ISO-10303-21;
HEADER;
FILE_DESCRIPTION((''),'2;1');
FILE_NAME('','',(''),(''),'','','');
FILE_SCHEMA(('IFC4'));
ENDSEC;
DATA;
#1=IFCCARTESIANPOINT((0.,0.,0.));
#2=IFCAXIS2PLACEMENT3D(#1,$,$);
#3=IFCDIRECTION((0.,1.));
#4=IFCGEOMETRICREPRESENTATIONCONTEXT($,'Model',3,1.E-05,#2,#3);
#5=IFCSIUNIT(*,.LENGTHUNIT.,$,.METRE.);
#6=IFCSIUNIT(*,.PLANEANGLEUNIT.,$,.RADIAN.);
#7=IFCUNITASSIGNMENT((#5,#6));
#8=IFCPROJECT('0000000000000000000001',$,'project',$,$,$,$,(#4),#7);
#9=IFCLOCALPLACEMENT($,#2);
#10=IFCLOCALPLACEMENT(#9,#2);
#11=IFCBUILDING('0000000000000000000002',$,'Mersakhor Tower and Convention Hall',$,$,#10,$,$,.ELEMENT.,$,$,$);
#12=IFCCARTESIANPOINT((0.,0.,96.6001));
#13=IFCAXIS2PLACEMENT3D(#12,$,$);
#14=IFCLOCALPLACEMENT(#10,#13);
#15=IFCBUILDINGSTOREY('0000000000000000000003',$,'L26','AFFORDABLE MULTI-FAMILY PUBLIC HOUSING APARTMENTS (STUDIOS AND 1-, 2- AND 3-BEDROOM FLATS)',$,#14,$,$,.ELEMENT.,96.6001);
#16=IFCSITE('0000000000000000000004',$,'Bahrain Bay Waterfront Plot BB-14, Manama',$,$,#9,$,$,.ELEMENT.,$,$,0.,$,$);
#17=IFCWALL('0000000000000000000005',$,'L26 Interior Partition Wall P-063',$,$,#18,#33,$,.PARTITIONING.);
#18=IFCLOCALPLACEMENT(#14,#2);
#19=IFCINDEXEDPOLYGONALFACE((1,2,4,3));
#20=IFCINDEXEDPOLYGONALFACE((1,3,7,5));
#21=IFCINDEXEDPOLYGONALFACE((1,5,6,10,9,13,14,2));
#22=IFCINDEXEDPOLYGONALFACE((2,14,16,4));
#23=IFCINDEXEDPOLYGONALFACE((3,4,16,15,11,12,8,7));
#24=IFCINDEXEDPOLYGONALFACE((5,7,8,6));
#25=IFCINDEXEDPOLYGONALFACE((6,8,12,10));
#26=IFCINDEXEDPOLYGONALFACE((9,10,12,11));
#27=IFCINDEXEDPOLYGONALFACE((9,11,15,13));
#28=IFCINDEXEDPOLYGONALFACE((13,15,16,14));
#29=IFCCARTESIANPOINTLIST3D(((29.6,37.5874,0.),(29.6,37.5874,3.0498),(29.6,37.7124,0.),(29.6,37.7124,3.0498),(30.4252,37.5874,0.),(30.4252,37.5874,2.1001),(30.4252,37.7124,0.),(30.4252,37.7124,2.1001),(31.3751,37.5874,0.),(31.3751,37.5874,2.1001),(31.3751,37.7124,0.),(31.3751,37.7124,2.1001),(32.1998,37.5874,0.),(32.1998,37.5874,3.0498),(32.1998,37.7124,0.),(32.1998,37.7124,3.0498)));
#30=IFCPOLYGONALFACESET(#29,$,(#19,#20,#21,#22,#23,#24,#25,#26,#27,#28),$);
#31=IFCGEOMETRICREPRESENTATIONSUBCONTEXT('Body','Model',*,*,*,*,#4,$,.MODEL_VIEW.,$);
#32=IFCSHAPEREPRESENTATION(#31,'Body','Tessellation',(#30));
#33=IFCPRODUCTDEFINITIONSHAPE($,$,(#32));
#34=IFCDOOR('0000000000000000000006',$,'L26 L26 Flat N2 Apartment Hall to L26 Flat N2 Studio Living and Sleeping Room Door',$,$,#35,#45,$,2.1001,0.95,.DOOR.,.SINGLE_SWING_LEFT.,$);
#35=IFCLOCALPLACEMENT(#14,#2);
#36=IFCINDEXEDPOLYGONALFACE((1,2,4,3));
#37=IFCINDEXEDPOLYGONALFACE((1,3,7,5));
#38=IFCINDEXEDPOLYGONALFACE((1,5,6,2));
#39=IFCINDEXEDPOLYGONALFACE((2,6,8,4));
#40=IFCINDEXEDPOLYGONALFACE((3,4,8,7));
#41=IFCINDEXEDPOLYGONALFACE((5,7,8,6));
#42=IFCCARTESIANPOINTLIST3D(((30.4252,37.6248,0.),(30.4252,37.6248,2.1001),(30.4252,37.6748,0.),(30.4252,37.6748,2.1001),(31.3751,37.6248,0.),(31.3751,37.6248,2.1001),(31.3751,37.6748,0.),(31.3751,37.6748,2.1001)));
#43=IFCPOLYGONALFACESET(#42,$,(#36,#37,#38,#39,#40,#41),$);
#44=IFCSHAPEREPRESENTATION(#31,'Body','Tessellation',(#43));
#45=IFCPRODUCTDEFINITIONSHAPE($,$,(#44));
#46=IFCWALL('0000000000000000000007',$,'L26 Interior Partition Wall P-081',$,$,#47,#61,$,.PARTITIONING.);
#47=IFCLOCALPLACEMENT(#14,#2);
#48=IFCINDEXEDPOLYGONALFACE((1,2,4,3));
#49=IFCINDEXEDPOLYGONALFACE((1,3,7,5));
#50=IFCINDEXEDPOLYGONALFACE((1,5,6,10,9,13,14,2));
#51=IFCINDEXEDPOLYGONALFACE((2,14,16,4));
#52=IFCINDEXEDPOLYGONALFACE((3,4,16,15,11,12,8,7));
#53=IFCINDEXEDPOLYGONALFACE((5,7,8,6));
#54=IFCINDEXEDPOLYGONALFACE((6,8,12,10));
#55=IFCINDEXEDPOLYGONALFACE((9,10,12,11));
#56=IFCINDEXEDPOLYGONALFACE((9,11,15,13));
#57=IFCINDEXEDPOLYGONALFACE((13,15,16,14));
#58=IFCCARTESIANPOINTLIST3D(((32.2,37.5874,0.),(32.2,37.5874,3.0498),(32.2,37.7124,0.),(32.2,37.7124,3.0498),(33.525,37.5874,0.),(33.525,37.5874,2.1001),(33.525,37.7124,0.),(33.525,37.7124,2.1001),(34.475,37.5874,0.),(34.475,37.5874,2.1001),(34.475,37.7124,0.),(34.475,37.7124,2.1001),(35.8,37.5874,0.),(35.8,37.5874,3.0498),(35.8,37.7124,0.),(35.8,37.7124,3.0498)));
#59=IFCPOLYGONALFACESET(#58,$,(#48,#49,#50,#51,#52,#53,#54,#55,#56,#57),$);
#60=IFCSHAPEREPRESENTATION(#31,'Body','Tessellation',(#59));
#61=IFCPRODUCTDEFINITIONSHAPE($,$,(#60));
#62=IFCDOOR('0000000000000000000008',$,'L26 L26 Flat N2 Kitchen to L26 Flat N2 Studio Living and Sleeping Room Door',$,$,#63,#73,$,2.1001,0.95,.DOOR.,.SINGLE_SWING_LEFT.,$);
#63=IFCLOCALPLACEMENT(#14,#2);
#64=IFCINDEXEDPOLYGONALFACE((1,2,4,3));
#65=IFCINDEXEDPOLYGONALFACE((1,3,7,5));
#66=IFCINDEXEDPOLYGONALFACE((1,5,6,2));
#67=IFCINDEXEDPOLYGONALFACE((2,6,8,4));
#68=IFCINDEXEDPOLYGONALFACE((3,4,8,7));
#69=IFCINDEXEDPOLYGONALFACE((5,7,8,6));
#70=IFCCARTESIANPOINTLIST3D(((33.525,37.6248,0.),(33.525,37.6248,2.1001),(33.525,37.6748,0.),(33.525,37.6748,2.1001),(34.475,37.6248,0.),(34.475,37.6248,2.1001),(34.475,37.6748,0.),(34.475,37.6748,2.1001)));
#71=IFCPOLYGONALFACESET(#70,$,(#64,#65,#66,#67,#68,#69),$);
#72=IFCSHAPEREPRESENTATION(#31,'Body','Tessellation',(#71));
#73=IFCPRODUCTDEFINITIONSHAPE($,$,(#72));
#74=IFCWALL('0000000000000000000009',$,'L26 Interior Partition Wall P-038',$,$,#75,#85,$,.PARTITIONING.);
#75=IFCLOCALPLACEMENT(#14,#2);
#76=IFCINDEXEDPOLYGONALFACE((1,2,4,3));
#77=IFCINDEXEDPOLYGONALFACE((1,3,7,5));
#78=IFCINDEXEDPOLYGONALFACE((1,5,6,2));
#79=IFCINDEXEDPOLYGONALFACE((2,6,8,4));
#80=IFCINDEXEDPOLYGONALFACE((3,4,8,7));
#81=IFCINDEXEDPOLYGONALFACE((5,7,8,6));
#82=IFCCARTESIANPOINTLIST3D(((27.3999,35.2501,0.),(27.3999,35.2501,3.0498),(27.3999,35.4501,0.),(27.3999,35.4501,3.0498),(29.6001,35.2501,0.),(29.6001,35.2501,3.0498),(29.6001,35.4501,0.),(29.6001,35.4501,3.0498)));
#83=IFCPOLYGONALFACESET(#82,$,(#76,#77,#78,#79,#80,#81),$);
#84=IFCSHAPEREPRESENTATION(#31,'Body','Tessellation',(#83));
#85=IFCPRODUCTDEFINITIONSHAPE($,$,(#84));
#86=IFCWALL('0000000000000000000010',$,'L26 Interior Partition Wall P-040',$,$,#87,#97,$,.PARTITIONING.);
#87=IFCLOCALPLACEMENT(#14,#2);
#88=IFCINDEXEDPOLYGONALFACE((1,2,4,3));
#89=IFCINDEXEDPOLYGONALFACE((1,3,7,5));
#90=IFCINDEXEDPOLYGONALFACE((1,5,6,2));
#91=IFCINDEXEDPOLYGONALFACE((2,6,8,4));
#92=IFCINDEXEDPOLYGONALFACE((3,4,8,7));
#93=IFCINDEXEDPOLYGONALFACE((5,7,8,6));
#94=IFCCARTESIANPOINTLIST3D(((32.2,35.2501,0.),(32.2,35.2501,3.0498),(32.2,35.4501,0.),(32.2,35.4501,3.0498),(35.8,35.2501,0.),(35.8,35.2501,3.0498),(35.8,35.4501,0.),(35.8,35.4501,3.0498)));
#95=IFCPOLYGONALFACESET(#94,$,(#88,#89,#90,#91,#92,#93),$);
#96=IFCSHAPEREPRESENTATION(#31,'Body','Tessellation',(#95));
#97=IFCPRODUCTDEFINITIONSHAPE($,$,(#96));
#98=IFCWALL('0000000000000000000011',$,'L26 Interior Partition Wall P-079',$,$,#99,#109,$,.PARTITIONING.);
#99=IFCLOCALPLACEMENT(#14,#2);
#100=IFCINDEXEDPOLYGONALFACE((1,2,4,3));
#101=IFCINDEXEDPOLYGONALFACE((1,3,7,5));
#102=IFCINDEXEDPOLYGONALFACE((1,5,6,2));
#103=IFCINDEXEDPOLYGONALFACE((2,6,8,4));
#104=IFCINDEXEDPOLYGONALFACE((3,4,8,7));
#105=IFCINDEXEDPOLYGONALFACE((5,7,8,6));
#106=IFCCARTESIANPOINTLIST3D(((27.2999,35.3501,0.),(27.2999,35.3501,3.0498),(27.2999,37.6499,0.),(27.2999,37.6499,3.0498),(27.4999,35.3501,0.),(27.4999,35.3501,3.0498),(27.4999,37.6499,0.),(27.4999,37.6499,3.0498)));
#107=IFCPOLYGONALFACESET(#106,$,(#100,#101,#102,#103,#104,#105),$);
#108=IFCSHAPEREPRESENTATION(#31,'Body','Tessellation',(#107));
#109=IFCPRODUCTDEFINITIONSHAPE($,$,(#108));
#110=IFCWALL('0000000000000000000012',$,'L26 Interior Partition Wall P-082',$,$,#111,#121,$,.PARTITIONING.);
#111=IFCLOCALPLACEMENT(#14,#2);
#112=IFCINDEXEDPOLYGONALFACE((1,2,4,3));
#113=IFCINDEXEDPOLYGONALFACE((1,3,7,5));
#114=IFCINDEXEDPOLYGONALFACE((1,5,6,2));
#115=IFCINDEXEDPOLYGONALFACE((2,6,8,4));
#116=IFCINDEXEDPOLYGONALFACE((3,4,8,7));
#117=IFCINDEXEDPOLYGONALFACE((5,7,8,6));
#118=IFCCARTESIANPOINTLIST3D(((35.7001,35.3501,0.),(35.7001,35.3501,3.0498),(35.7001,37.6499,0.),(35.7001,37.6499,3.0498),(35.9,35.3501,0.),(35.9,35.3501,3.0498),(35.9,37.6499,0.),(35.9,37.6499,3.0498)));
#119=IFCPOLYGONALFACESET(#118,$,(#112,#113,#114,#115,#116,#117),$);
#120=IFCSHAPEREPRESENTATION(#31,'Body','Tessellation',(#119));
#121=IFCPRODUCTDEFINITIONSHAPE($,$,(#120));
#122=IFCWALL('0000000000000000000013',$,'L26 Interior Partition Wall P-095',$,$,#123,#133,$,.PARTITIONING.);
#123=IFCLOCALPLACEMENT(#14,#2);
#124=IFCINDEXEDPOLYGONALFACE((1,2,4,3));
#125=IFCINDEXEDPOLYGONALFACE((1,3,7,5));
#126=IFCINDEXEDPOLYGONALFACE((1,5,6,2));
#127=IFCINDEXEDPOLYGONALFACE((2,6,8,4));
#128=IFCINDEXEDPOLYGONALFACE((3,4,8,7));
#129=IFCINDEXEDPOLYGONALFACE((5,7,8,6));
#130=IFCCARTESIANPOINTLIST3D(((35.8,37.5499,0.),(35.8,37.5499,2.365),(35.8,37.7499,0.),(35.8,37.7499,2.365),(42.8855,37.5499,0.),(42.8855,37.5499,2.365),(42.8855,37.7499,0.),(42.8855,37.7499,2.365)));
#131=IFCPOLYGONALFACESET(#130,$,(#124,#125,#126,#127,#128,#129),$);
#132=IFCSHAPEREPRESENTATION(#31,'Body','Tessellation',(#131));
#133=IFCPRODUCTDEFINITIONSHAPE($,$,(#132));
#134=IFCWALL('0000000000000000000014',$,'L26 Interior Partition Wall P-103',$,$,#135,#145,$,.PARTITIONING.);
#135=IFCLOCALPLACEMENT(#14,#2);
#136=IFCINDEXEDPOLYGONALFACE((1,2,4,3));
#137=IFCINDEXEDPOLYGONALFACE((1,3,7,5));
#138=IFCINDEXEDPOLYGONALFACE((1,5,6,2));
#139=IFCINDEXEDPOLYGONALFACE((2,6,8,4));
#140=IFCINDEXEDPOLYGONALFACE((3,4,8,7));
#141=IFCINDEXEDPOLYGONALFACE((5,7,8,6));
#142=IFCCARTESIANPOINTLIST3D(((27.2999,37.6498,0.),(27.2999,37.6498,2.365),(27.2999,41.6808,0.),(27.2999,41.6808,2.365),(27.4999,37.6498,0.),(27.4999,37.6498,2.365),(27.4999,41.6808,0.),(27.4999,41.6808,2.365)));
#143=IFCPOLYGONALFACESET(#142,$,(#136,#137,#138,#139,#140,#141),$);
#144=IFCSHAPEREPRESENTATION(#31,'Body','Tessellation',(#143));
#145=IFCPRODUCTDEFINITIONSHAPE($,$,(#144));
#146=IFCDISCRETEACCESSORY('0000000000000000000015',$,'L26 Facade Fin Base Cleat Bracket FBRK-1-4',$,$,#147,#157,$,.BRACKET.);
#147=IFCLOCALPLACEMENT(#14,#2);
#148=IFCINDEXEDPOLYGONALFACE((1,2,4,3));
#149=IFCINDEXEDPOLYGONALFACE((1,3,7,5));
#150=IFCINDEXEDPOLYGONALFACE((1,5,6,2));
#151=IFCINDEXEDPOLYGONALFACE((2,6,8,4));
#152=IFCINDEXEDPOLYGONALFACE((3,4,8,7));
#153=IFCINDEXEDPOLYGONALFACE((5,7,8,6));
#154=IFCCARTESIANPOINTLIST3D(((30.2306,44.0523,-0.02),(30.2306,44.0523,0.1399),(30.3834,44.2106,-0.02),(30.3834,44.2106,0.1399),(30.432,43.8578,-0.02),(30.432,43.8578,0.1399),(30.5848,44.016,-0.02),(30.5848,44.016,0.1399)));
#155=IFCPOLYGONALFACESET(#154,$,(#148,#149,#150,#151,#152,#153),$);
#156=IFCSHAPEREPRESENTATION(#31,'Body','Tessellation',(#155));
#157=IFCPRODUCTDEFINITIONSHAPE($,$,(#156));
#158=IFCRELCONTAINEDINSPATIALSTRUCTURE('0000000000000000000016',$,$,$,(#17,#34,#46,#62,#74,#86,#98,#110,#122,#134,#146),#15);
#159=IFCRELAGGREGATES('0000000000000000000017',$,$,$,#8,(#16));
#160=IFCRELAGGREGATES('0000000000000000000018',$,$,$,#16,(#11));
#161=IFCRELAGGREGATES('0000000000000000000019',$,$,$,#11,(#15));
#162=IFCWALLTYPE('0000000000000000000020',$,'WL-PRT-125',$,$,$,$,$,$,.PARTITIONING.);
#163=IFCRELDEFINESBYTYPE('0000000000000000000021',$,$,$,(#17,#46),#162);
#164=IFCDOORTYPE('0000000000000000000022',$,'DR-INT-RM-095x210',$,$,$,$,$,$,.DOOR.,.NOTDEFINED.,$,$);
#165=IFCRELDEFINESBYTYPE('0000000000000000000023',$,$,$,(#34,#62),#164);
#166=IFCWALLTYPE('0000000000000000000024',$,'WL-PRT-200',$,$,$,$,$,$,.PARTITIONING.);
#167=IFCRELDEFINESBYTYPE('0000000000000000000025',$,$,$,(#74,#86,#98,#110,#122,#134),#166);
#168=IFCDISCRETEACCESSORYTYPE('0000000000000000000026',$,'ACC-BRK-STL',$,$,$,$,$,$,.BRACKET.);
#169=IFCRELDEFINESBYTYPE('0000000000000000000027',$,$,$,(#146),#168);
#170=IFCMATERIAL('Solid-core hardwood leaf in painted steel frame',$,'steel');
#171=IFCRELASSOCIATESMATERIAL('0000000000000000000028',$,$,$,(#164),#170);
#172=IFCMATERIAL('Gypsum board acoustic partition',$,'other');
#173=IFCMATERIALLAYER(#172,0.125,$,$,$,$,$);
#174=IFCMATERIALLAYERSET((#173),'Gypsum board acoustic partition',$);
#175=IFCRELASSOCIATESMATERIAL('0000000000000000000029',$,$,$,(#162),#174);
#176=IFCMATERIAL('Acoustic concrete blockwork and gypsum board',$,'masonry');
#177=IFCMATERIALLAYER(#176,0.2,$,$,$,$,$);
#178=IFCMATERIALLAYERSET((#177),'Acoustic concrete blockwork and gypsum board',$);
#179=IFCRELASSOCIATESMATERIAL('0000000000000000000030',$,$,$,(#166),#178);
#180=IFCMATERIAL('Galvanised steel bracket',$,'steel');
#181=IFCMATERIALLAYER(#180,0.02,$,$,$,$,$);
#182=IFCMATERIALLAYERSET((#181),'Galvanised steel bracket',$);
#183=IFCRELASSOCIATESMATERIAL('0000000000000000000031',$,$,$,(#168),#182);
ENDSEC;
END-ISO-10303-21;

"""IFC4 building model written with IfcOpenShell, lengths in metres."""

from ifc_helpers import new_model, si_unit, direction, frame, frame_2d, origin, origin_2d, place, context, subcontext, project, spatial, rectangle, extrude, material, layer, layer_set, type_object, element, fill, save


model = new_model("IFC4")

# Units and contexts
model_context = context("Model", 3, precision=1e-05, world=origin(), true_north=direction((0.0, 1.0)))
body_context = subcontext(model_context, "Body", "Model", "MODEL_VIEW")
ifc_project = project(units=[si_unit("LENGTHUNIT", "METRE"), si_unit("PLANEANGLEUNIT", "RADIAN")], contexts=[model_context])

# Site, building, storey
site_placement = place(None, origin())
site = spatial("IfcSite", under=ifc_project, at=site_placement, Name="Bahrain Bay Waterfront Plot BB-14, Manama", CompositionType="ELEMENT", RefElevation=0.0)
building_placement = place(site_placement, origin())
building = spatial("IfcBuilding", under=site, at=building_placement, Name="Mersakhor Tower and Convention Hall", CompositionType="ELEMENT")
storey_placement = place(building_placement, frame((0.0, 0.0, 96.6001)))
storey = spatial("IfcBuildingStorey", under=building, at=storey_placement, Name="L26", Description="AFFORDABLE MULTI-FAMILY PUBLIC HOUSING APARTMENTS (STUDIOS AND 1-, 2- AND 3-BEDROOM FLATS)", CompositionType="ELEMENT", Elevation=96.6001)

# Walls, openings, doors
ifc_material_1 = material(Name="Solid-core hardwood leaf in painted steel frame", Category="steel")
door_type_1 = type_object("IfcDoorType", Name="DR-INT-RM-095x210", OperationType="NOTDEFINED", PredefinedType="DOOR", material=ifc_material_1)
ifc_material_2 = material(Name="Gypsum board acoustic partition", Category="other")
ifc_layer_1 = layer(ifc_material_2, 0.125)
ifc_layer_set_1 = layer_set([ifc_layer_1], Name="Gypsum board acoustic partition")
wall_type_1 = type_object("IfcWallType", Name="WL-PRT-125", PredefinedType="PARTITIONING", material=ifc_layer_set_1)
wall_1_placement = place(storey_placement, frame((29.6001, 37.6499, 0.0), z_axis=(0.0, 0.0, 1.0), x_axis=(1.0, 0.0, 0.0)))
wall_1 = element("IfcWall", 1, at=wall_1_placement, inside=storey, type_object=wall_type_1, Name="L26 Interior Partition Wall P-063", PredefinedType="PARTITIONING", context=body_context, shape_type="SweptSolid", body=[
    extrude(rectangle(XDim=2.5999, YDim=0.125, at=frame_2d((1.2998, 0.0))), origin(), (0.0, 0.0, 1.0), 3.0498),
])
opening_1_placement = place(wall_1_placement, frame((0.825, 0.0, 0.0)))
opening_1 = element("IfcOpeningElement", 2, at=opening_1_placement, cuts=wall_1, PredefinedType="OPENING", context=body_context, shape_type="SweptSolid", body=[
    extrude(rectangle(XDim=0.95, YDim=2.1001, at=frame_2d((0.4751, 1.05))), frame((0.0, 0.0725, 0.0), z_axis=(0.0, -1.0, 0.0), x_axis=(1.0, 0.0, 0.0)), (0.0, 0.0, 1.0), 0.145),
])
door_1_placement = place(opening_1_placement, origin())
door_1 = element("IfcDoor", 3, at=door_1_placement, inside=storey, type_object=door_type_1, Name="L26 L26 Flat N2 Apartment Hall to L26 Flat N2 Studio Living and Sleeping Room Door", OperationType="SINGLE_SWING_LEFT", OverallHeight=2.1001, OverallWidth=0.95, PredefinedType="DOOR", context=body_context, shape_type="SweptSolid", body=[
    extrude(rectangle(XDim=0.95, YDim=2.1001, at=frame_2d((0.4751, 1.05))), frame((0.0, 0.0249, 0.0), z_axis=(0.0, -1.0, 0.0), x_axis=(1.0, 0.0, 0.0)), (0.0, 0.0, 1.0), 0.05),
])
fill(opening_1, door_1)
wall_2_placement = place(storey_placement, frame((32.2, 37.6499, 0.0), z_axis=(0.0, 0.0, 1.0), x_axis=(1.0, 0.0, 0.0)))
wall_2 = element("IfcWall", 4, at=wall_2_placement, inside=storey, type_object=wall_type_1, Name="L26 Interior Partition Wall P-081", PredefinedType="PARTITIONING", context=body_context, shape_type="SweptSolid", body=[
    extrude(rectangle(XDim=3.6001, YDim=0.125, at=frame_2d((1.8, 0.0))), origin(), (0.0, 0.0, 1.0), 3.0498),
])
opening_2_placement = place(wall_2_placement, frame((1.325, 0.0, 0.0)))
opening_2 = element("IfcOpeningElement", 5, at=opening_2_placement, cuts=wall_2, PredefinedType="OPENING", context=body_context, shape_type="SweptSolid", body=[
    extrude(rectangle(XDim=0.95, YDim=2.1001, at=frame_2d((0.4751, 1.05))), frame((0.0, 0.0725, 0.0), z_axis=(0.0, -1.0, 0.0), x_axis=(1.0, 0.0, 0.0)), (0.0, 0.0, 1.0), 0.145),
])
door_2_placement = place(opening_2_placement, origin())
door_2 = element("IfcDoor", 6, at=door_2_placement, inside=storey, type_object=door_type_1, Name="L26 L26 Flat N2 Kitchen to L26 Flat N2 Studio Living and Sleeping Room Door", OperationType="SINGLE_SWING_LEFT", OverallHeight=2.1001, OverallWidth=0.95, PredefinedType="DOOR", context=body_context, shape_type="SweptSolid", body=[
    extrude(rectangle(XDim=0.95, YDim=2.1001, at=frame_2d((0.4751, 1.05))), frame((0.0, 0.0249, 0.0), z_axis=(0.0, -1.0, 0.0), x_axis=(1.0, 0.0, 0.0)), (0.0, 0.0, 1.0), 0.05),
])
fill(opening_2, door_2)

# Wall
ifc_material_3 = material(Name="Acoustic concrete blockwork and gypsum board", Category="masonry")
ifc_layer_2 = layer(ifc_material_3, 0.2)
ifc_layer_set_2 = layer_set([ifc_layer_2], Name="Acoustic concrete blockwork and gypsum board")
wall_type_2 = type_object("IfcWallType", Name="WL-PRT-200", PredefinedType="PARTITIONING", material=ifc_layer_set_2)
wall_3_placement = place(storey_placement, frame((27.3999, 35.3501, 0.0), z_axis=(0.0, 0.0, 1.0), x_axis=(1.0, 0.0, 0.0)))
element("IfcWall", 7, at=wall_3_placement, inside=storey, type_object=wall_type_2, Name="L26 Interior Partition Wall P-038", PredefinedType="PARTITIONING", context=body_context, shape_type="SweptSolid", body=[
    extrude(rectangle(XDim=2.2002, YDim=0.2, at=frame_2d((1.1001, 0.0))), origin(), (0.0, 0.0, 1.0), 3.0498),
])

# Wall
wall_4_placement = place(storey_placement, frame((32.2, 35.3501, 0.0), z_axis=(0.0, 0.0, 1.0), x_axis=(1.0, 0.0, 0.0)))
element("IfcWall", 8, at=wall_4_placement, inside=storey, type_object=wall_type_2, Name="L26 Interior Partition Wall P-040", PredefinedType="PARTITIONING", context=body_context, shape_type="SweptSolid", body=[
    extrude(rectangle(XDim=3.6001, YDim=0.2, at=frame_2d((1.8, 0.0))), origin(), (0.0, 0.0, 1.0), 3.0498),
])

# Walls
for number, where, z_axis, x_axis, name in (
    (9, (27.3999, 37.6499, 0.0), (0.0, 0.0, 1.0), (0.0, -1.0, 0.0), "L26 Interior Partition Wall P-079"),
    (10, (35.8, 37.6499, 0.0), (0.0, 0.0, 1.0), (0.0, -1.0, 0.0), "L26 Interior Partition Wall P-082"),
):
    element("IfcWall", number, at=place(storey_placement, frame(where, z_axis=z_axis, x_axis=x_axis)), inside=storey, type_object=wall_type_2, Name=name, PredefinedType="PARTITIONING", context=body_context, shape_type="SweptSolid", body=[
        extrude(rectangle(XDim=2.2998, YDim=0.2, at=frame_2d((1.1499, 0.0))), origin(), (0.0, 0.0, 1.0), 3.0498),
    ])
wall_5_placement = place(storey_placement, frame((35.8, 37.6499, 0.0), z_axis=(0.0, 0.0, 1.0), x_axis=(1.0, 0.0, 0.0)))
element("IfcWall", 11, at=wall_5_placement, inside=storey, type_object=wall_type_2, Name="L26 Interior Partition Wall P-095", PredefinedType="PARTITIONING", context=body_context, shape_type="SweptSolid", body=[
    extrude(rectangle(XDim=7.0854, YDim=0.2, at=frame_2d((3.5427, 0.0))), origin(), (0.0, 0.0, 1.0), 2.365),
])
wall_6_placement = place(storey_placement, frame((27.3999, 41.6809, 0.0), z_axis=(0.0, 0.0, 1.0), x_axis=(0.0, -1.0, 0.0)))
element("IfcWall", 12, at=wall_6_placement, inside=storey, type_object=wall_type_2, Name="L26 Interior Partition Wall P-103", PredefinedType="PARTITIONING", context=body_context, shape_type="SweptSolid", body=[
    extrude(rectangle(XDim=4.031, YDim=0.2, at=frame_2d((2.0156, 0.0))), origin(), (0.0, 0.0, 1.0), 2.365),
])

# Discrete accessory
ifc_material_4 = material(Name="Galvanised steel bracket", Category="steel")
ifc_layer_3 = layer(ifc_material_4, 0.02)
ifc_layer_set_3 = layer_set([ifc_layer_3], Name="Galvanised steel bracket")
discrete_accessory_type = type_object("IfcDiscreteAccessoryType", Name="ACC-BRK-STL", PredefinedType="BRACKET", material=ifc_layer_set_3)
discrete_accessory_placement = place(storey_placement, frame((30.4077, 44.0342, -0.02), z_axis=(0.0, 0.0, 1.0), x_axis=(-0.71934, 0.694658, 0.0)))
element("IfcDiscreteAccessory", 13, at=discrete_accessory_placement, inside=storey, type_object=discrete_accessory_type, Name="L26 Facade Fin Base Cleat Bracket FBRK-1-4", PredefinedType="BRACKET", context=body_context, shape_type="SweptSolid", body=[
    extrude(rectangle(XDim=0.28, YDim=0.22, at=origin_2d()), origin(), (0.0, 0.0, 1.0), 0.1599),
])

save(model, "model.ifc")
